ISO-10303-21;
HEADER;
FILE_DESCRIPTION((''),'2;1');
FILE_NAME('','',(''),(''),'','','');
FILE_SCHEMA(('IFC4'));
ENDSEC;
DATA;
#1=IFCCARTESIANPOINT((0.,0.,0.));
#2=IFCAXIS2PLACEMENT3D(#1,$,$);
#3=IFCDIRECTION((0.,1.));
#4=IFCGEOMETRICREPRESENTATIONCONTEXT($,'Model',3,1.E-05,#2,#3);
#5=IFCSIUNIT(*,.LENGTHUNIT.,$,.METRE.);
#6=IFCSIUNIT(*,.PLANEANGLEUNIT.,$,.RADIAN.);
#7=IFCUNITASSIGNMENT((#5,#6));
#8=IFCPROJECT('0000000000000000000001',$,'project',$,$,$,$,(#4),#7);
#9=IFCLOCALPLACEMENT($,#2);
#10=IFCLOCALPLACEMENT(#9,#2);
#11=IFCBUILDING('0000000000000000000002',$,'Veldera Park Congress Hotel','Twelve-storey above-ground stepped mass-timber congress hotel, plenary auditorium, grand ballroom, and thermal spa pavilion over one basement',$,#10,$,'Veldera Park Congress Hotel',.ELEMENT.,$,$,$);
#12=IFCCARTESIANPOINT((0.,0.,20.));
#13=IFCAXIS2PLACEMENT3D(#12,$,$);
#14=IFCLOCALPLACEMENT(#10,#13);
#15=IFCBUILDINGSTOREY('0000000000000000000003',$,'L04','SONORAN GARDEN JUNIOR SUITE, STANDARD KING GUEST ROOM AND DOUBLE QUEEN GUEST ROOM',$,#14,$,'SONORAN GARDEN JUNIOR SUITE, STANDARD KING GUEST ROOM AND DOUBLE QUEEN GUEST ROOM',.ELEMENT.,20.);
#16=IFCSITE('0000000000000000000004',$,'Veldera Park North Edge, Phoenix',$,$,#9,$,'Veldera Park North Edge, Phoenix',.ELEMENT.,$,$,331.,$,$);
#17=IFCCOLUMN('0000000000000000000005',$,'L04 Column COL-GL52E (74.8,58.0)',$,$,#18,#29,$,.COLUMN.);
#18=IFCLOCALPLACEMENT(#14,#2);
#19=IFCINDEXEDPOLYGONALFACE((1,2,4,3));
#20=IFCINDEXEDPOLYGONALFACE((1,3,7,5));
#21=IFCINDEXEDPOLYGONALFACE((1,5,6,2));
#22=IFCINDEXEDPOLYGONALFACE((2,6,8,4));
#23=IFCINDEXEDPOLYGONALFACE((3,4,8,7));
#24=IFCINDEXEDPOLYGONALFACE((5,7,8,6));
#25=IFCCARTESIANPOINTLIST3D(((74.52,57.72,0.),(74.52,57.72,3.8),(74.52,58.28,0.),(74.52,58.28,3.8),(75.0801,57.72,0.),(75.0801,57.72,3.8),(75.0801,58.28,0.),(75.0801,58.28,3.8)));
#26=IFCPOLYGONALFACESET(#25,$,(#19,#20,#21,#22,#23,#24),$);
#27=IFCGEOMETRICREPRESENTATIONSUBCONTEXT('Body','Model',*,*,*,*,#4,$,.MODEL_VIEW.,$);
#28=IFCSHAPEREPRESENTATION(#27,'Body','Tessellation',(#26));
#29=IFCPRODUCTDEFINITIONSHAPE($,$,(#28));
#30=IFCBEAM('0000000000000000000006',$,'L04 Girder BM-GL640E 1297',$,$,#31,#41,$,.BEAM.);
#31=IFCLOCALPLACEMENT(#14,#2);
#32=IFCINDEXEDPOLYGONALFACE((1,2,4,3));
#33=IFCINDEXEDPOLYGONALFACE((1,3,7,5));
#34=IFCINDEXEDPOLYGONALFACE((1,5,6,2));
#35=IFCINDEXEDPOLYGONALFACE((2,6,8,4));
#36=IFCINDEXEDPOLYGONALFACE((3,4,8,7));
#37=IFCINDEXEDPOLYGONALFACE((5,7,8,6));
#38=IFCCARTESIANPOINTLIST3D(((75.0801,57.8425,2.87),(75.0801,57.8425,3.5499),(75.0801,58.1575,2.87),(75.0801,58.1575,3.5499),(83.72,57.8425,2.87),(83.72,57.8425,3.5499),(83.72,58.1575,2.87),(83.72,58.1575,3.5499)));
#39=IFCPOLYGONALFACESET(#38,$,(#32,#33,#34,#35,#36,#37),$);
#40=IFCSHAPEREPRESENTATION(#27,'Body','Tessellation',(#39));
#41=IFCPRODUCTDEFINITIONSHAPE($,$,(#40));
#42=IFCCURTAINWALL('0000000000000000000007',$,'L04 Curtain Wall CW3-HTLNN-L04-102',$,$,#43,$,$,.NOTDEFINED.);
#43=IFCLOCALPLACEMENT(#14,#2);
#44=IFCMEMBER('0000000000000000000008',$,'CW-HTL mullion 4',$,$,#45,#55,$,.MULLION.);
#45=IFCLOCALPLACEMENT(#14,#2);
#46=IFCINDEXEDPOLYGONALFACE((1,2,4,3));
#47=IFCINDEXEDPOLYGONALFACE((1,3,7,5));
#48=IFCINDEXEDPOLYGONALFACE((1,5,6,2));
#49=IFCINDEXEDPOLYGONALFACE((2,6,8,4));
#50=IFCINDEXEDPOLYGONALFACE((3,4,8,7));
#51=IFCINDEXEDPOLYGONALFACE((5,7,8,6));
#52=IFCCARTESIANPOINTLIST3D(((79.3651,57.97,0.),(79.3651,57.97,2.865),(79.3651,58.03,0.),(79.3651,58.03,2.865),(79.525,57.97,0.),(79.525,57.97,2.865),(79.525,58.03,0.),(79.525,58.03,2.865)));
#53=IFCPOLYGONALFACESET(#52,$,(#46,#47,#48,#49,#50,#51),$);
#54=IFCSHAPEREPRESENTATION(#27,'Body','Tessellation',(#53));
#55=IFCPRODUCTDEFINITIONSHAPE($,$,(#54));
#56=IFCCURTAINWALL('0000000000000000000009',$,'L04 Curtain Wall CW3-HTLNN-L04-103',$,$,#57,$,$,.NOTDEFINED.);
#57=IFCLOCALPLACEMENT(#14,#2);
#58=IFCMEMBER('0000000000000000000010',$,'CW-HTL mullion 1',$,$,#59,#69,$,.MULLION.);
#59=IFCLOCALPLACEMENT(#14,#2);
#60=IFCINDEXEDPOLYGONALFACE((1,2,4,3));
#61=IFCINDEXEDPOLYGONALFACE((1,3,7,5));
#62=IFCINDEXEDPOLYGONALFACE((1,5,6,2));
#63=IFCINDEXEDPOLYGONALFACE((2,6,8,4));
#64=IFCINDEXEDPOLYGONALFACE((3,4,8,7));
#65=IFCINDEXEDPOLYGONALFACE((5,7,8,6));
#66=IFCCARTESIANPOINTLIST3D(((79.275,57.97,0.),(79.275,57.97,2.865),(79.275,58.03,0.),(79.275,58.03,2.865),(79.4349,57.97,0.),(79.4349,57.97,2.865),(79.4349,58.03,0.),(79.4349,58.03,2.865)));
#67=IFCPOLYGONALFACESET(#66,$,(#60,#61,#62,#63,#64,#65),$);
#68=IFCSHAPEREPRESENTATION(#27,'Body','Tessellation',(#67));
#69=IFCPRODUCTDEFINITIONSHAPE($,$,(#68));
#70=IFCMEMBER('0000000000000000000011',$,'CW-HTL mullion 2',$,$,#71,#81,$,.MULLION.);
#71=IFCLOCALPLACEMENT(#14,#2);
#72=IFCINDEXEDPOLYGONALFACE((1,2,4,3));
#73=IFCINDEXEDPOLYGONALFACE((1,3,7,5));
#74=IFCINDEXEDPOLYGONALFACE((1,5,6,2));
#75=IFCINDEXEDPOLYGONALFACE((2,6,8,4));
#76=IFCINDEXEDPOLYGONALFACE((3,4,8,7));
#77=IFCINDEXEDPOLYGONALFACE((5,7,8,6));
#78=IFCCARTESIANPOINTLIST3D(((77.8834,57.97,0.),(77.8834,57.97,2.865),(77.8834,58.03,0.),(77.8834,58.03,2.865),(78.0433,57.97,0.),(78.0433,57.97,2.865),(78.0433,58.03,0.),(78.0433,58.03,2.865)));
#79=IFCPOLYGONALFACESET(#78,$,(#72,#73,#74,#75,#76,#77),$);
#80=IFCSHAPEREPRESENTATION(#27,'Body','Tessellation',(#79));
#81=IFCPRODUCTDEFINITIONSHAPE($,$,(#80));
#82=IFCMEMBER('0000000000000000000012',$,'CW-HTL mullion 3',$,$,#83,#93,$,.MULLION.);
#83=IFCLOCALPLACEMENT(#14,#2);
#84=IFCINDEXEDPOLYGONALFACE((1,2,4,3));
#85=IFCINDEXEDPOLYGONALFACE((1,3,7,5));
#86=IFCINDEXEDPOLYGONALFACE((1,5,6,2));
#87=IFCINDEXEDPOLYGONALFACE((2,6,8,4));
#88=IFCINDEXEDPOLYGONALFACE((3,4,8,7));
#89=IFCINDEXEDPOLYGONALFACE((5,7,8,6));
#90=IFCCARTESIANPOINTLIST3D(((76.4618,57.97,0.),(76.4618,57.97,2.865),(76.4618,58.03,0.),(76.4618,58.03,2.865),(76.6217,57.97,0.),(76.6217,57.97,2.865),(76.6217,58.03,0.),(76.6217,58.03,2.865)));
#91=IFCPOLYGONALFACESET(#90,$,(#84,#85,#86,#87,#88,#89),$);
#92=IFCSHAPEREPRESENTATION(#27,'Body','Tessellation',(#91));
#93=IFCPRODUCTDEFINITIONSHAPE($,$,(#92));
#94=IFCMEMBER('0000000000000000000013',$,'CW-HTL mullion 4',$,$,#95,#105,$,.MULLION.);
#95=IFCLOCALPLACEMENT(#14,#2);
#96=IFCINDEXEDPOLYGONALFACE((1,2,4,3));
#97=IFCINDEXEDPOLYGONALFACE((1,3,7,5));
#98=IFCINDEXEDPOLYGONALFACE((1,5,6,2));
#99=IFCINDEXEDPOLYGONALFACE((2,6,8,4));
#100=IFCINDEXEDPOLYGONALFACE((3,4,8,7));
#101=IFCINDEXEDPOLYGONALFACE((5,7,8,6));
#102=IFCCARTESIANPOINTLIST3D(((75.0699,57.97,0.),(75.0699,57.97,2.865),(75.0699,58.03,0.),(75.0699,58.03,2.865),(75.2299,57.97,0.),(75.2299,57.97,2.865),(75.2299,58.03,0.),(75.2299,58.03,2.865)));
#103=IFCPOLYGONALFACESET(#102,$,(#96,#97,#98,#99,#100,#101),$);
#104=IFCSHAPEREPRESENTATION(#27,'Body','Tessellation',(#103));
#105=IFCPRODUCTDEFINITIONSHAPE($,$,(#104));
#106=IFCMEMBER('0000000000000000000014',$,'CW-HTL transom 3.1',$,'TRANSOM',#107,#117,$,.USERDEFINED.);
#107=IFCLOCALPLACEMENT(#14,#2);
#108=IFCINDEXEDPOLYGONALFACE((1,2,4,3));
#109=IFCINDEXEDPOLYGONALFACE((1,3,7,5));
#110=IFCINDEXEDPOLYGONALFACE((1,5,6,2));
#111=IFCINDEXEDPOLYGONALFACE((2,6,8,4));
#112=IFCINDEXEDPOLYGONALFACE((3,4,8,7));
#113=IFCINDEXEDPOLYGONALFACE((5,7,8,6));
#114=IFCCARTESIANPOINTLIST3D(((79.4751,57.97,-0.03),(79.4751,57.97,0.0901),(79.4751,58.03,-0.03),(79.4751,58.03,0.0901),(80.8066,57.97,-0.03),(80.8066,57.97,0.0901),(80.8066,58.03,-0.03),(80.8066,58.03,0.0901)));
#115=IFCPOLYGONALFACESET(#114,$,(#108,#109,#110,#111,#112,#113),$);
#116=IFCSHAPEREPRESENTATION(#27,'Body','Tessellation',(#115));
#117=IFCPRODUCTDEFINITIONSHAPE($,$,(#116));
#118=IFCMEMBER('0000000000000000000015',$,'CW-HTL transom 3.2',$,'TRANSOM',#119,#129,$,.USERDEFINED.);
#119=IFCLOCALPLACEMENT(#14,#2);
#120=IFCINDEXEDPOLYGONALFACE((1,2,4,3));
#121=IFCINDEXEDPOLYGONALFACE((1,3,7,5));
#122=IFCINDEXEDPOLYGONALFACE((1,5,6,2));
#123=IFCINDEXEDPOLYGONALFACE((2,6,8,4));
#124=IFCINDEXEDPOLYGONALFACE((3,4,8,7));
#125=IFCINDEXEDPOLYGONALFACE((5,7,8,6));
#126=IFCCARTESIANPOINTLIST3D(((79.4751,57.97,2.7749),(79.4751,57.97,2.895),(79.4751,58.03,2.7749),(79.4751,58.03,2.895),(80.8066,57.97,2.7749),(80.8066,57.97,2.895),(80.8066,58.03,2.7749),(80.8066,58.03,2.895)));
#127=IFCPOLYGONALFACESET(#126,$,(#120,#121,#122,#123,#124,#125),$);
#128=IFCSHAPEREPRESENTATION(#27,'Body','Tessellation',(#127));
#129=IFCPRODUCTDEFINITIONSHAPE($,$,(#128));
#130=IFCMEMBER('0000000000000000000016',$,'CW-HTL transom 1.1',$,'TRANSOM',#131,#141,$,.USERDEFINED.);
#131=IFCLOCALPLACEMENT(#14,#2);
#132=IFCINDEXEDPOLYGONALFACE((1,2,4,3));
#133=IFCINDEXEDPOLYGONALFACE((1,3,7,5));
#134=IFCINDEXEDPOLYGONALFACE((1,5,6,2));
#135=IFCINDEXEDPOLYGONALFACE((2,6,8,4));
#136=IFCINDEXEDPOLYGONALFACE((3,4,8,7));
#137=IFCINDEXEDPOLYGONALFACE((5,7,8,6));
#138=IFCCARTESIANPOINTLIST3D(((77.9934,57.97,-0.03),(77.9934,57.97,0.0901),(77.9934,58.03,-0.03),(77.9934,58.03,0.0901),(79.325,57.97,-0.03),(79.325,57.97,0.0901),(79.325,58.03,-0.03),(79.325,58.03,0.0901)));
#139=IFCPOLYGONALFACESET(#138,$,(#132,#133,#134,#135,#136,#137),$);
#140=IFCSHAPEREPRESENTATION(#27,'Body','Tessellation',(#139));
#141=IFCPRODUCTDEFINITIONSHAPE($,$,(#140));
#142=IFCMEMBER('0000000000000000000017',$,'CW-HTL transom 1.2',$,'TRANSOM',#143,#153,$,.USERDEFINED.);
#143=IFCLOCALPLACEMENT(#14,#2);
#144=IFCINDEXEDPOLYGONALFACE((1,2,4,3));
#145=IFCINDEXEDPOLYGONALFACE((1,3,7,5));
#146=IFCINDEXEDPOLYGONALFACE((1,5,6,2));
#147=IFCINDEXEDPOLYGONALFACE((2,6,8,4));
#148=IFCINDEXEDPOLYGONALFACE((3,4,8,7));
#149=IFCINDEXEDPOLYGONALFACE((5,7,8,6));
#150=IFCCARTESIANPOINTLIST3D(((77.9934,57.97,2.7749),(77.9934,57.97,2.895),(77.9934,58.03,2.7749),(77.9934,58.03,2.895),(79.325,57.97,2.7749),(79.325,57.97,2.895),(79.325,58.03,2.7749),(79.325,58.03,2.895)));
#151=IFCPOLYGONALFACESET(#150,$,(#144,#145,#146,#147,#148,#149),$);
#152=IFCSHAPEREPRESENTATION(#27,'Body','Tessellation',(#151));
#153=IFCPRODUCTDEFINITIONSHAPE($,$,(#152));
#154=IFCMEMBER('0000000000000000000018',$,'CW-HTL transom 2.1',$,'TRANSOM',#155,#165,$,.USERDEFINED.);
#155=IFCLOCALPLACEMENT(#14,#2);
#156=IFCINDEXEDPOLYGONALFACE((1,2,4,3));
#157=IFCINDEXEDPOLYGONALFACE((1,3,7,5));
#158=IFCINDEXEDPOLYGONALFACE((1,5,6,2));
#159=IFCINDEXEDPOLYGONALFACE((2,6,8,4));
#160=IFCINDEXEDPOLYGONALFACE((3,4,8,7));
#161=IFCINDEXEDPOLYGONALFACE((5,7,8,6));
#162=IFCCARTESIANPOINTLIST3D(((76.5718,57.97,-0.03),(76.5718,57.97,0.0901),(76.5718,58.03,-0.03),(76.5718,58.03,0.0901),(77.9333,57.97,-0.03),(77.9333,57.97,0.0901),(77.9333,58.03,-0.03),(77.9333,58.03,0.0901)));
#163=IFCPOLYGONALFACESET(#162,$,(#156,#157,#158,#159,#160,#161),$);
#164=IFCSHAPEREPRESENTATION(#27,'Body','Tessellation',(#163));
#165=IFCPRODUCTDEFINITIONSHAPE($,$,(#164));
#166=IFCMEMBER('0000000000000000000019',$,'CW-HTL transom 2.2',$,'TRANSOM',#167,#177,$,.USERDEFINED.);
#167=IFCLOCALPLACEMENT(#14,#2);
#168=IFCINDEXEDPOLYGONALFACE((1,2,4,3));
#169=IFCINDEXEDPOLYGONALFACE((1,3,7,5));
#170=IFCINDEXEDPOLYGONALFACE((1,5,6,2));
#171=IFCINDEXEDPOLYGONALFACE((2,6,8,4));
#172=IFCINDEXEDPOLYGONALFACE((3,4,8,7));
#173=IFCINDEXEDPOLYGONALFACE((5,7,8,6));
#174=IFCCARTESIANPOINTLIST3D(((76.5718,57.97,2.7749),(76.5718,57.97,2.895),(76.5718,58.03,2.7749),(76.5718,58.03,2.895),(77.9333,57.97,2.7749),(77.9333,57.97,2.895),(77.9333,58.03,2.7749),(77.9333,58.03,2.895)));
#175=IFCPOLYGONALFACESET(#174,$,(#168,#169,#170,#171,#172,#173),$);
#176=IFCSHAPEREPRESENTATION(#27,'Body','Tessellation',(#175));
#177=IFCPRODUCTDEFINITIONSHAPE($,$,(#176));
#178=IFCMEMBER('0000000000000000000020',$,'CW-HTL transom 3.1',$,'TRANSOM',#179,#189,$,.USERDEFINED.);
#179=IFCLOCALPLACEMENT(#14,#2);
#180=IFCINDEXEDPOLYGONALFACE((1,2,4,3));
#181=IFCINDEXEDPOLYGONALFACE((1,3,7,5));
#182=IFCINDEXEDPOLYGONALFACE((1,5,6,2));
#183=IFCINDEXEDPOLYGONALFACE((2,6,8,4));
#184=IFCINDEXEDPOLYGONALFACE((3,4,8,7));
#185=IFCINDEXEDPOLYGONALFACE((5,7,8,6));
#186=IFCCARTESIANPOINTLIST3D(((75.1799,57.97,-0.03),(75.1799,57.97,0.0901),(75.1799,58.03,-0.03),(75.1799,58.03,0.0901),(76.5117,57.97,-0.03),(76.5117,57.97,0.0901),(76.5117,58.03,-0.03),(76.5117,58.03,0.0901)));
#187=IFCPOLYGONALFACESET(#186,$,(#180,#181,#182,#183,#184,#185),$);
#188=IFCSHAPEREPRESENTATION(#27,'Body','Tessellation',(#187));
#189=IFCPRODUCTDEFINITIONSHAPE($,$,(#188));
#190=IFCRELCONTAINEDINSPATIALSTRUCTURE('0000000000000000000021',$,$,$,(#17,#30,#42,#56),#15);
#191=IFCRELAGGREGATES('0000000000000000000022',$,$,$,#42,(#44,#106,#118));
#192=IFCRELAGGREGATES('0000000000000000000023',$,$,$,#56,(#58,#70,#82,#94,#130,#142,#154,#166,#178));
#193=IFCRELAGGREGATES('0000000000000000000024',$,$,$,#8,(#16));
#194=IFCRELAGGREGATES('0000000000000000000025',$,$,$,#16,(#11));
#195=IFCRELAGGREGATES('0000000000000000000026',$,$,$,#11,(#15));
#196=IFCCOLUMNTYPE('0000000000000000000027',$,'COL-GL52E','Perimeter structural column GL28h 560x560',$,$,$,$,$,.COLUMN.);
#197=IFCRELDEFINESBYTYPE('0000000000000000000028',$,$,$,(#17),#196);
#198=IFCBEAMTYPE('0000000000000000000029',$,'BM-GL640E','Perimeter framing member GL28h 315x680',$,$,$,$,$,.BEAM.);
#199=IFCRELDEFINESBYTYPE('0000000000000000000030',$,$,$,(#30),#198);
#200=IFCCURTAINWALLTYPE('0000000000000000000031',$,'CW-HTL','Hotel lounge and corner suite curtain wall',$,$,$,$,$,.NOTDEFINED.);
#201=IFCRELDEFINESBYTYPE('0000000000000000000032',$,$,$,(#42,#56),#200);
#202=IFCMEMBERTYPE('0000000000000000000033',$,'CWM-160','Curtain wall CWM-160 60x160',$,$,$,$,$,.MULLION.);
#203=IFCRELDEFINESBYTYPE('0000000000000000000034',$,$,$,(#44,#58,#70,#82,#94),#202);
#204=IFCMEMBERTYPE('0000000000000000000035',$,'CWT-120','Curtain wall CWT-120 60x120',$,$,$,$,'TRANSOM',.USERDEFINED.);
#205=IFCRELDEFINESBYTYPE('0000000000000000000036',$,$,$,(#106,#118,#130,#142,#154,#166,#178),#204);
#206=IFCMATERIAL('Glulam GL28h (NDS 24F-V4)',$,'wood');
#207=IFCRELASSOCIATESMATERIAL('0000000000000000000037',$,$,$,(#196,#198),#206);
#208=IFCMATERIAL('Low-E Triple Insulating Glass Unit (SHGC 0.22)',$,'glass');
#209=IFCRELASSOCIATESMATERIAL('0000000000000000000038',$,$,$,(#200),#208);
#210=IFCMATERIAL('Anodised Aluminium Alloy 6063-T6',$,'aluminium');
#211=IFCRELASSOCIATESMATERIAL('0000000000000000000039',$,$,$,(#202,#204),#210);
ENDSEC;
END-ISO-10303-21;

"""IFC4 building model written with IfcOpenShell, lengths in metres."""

from ifc_helpers import new_model, si_unit, direction, frame, origin, origin_2d, place, context, subcontext, project, spatial, rectangle, extrude, material, material_profile, profile_set, type_object, element, aggregate, save


model = new_model("IFC4")

# Units and contexts
model_context = context("Model", 3, precision=1e-05, world=origin(), true_north=direction((0.0, 1.0)))
body_context = subcontext(model_context, "Body", "Model", "MODEL_VIEW")
ifc_project = project(units=[si_unit("LENGTHUNIT", "METRE"), si_unit("PLANEANGLEUNIT", "RADIAN")], contexts=[model_context])

# Site, building, storey
site_placement = place(None, origin())
site = spatial("IfcSite", under=ifc_project, at=site_placement, Name="Veldera Park North Edge, Phoenix", LongName="Veldera Park North Edge, Phoenix", CompositionType="ELEMENT", RefElevation=331.0)
building_placement = place(site_placement, origin())
building = spatial("IfcBuilding", under=site, at=building_placement, Name="Veldera Park Congress Hotel", Description="Twelve-storey above-ground stepped mass-timber congress hotel, plenary auditorium, grand ballroom, and thermal spa pavilion over one basement", LongName="Veldera Park Congress Hotel", CompositionType="ELEMENT")
storey_placement = place(building_placement, frame((0.0, 0.0, 20.0)))
storey = spatial("IfcBuildingStorey", under=building, at=storey_placement, Name="L04", Description="SONORAN GARDEN JUNIOR SUITE, STANDARD KING GUEST ROOM AND DOUBLE QUEEN GUEST ROOM", LongName="SONORAN GARDEN JUNIOR SUITE, STANDARD KING GUEST ROOM AND DOUBLE QUEEN GUEST ROOM", CompositionType="ELEMENT", Elevation=20.0)

# Column
ifc_material_1 = material(Name="Glulam GL28h (NDS 24F-V4)", Category="wood")
ifc_material_profile_1 = material_profile(ifc_material_1, rectangle(XDim=0.5601, YDim=0.5601, at=origin_2d()), Name="GL28h 560x560")
ifc_profile_set_1 = profile_set([ifc_material_profile_1], Name="Glulam GL28h (NDS 24F-V4)")
column_type = type_object("IfcColumnType", Name="COL-GL52E", Description="Perimeter structural column GL28h 560x560", PredefinedType="COLUMN", material=ifc_profile_set_1)
column_placement = place(storey_placement, frame((74.8, 58.0, 0.0), z_axis=(0.0, 0.0, 1.0), x_axis=(1.0, 0.0, 0.0)))
element("IfcColumn", 1, at=column_placement, inside=storey, type_object=column_type, Name="L04 Column COL-GL52E (74.8,58.0)", PredefinedType="COLUMN", context=body_context, shape_type="SweptSolid", body=[
    extrude(rectangle(XDim=0.5601, YDim=0.5601, at=origin_2d()), origin(), (0.0, 0.0, 1.0), 3.8),
])

# Beam
ifc_material_profile_2 = material_profile(ifc_material_1, rectangle(XDim=0.3149, YDim=0.6799, at=origin_2d()), Name="GL28h 315x680")
ifc_profile_set_2 = profile_set([ifc_material_profile_2], Name="Glulam GL28h (NDS 24F-V4)")
beam_type = type_object("IfcBeamType", Name="BM-GL640E", Description="Perimeter framing member GL28h 315x680", PredefinedType="BEAM", material=ifc_profile_set_2)
beam_placement = place(storey_placement, frame((75.0801, 58.0, 3.21), z_axis=(1.0, 0.0, 0.0), x_axis=(0.0, 1.0, 0.0)))
element("IfcBeam", 2, at=beam_placement, inside=storey, type_object=beam_type, Name="L04 Girder BM-GL640E 1297", PredefinedType="BEAM", context=body_context, shape_type="SweptSolid", body=[
    extrude(rectangle(XDim=0.3149, YDim=0.6799, at=origin_2d()), origin(), (0.0, 0.0, 1.0), 8.6399),
])

# Curtain wall, member
ifc_material_2 = material(Name="Low-E Triple Insulating Glass Unit (SHGC 0.22)", Category="glass")
curtain_wall_type = type_object("IfcCurtainWallType", Name="CW-HTL", Description="Hotel lounge and corner suite curtain wall", PredefinedType="NOTDEFINED", material=ifc_material_2)
curtain_wall_1_placement = place(storey_placement, origin())
curtain_wall_1 = element("IfcCurtainWall", 3, at=curtain_wall_1_placement, inside=storey, type_object=curtain_wall_type, Name="L04 Curtain Wall CW3-HTLNN-L04-102", PredefinedType="NOTDEFINED")
ifc_material_3 = material(Name="Anodised Aluminium Alloy 6063-T6", Category="aluminium")
ifc_material_profile_3 = material_profile(ifc_material_3, rectangle(XDim=0.0601, YDim=0.1599, at=origin_2d()), Name="ALU 60x160")
ifc_profile_set_3 = profile_set([ifc_material_profile_3], Name="Anodised Aluminium Alloy 6063-T6")
member_type_1 = type_object("IfcMemberType", Name="CWM-160", Description="Curtain wall CWM-160 60x160", PredefinedType="MULLION", material=ifc_profile_set_3)
member_1_placement = place(storey_placement, frame((79.4451, 58.0, 0.0), z_axis=(0.0, 0.0, 1.0), x_axis=(0.0, -1.0, 0.0)))
member_1 = element("IfcMember", 4, at=member_1_placement, type_object=member_type_1, Name="CW-HTL mullion 4", PredefinedType="MULLION", context=body_context, shape_type="SweptSolid", body=[
    extrude(rectangle(XDim=0.0601, YDim=0.1599, at=origin_2d()), origin(), (0.0, 0.0, 1.0), 2.865),
])

# Curtain wall, members
curtain_wall_2_placement = place(storey_placement, origin())
curtain_wall_2 = element("IfcCurtainWall", 5, at=curtain_wall_2_placement, inside=storey, type_object=curtain_wall_type, Name="L04 Curtain Wall CW3-HTLNN-L04-103", PredefinedType="NOTDEFINED")
member_2_placement = place(storey_placement, frame((79.355, 58.0, 0.0), z_axis=(0.0, 0.0, 1.0), x_axis=(0.0, -1.0, 0.0)))
member_2 = element("IfcMember", 6, at=member_2_placement, type_object=member_type_1, Name="CW-HTL mullion 1", PredefinedType="MULLION", context=body_context, shape_type="SweptSolid", body=[
    extrude(rectangle(XDim=0.0601, YDim=0.1599, at=origin_2d()), origin(), (0.0, 0.0, 1.0), 2.865),
])
member_3_placement = place(storey_placement, frame((77.9634, 58.0, 0.0), z_axis=(0.0, 0.0, 1.0), x_axis=(0.0, -1.0, 0.0)))
member_3 = element("IfcMember", 7, at=member_3_placement, type_object=member_type_1, Name="CW-HTL mullion 2", PredefinedType="MULLION", context=body_context, shape_type="SweptSolid", body=[
    extrude(rectangle(XDim=0.0601, YDim=0.1599, at=origin_2d()), origin(), (0.0, 0.0, 1.0), 2.865),
])
member_4_placement = place(storey_placement, frame((76.5417, 58.0, 0.0), z_axis=(0.0, 0.0, 1.0), x_axis=(0.0, -1.0, 0.0)))
member_4 = element("IfcMember", 8, at=member_4_placement, type_object=member_type_1, Name="CW-HTL mullion 3", PredefinedType="MULLION", context=body_context, shape_type="SweptSolid", body=[
    extrude(rectangle(XDim=0.0601, YDim=0.1599, at=origin_2d()), origin(), (0.0, 0.0, 1.0), 2.865),
])
member_5_placement = place(storey_placement, frame((75.1499, 58.0, 0.0), z_axis=(0.0, 0.0, 1.0), x_axis=(0.0, -1.0, 0.0)))
member_5 = element("IfcMember", 9, at=member_5_placement, type_object=member_type_1, Name="CW-HTL mullion 4", PredefinedType="MULLION", context=body_context, shape_type="SweptSolid", body=[
    extrude(rectangle(XDim=0.0601, YDim=0.1599, at=origin_2d()), origin(), (0.0, 0.0, 1.0), 2.865),
])

# Members
ifc_material_profile_4 = material_profile(ifc_material_3, rectangle(XDim=0.0601, YDim=0.1201, at=origin_2d()), Name="ALU 60x120")
ifc_profile_set_4 = profile_set([ifc_material_profile_4], Name="Anodised Aluminium Alloy 6063-T6")
member_type_2 = type_object("IfcMemberType", Name="CWT-120", Description="Curtain wall CWT-120 60x120", ElementType="TRANSOM", PredefinedType="USERDEFINED", material=ifc_profile_set_4)
member_6_placement = place(storey_placement, frame((80.8066, 58.0, 0.03), z_axis=(-1.0, 0.0, 0.0), x_axis=(0.0, -1.0, 0.0)))
member_6 = element("IfcMember", 10, at=member_6_placement, type_object=member_type_2, Name="CW-HTL transom 3.1", ObjectType="TRANSOM", PredefinedType="USERDEFINED", context=body_context, shape_type="SweptSolid", body=[
    extrude(rectangle(XDim=0.0601, YDim=0.1201, at=origin_2d()), origin(), (0.0, 0.0, 1.0), 1.3315),
])
member_7_placement = place(storey_placement, frame((80.8066, 58.0, 2.835), z_axis=(-1.0, 0.0, 0.0), x_axis=(0.0, -1.0, 0.0)))
member_7 = element("IfcMember", 11, at=member_7_placement, type_object=member_type_2, Name="CW-HTL transom 3.2", ObjectType="TRANSOM", PredefinedType="USERDEFINED", context=body_context, shape_type="SweptSolid", body=[
    extrude(rectangle(XDim=0.0601, YDim=0.1201, at=origin_2d()), origin(), (0.0, 0.0, 1.0), 1.3315),
])
member_8_placement = place(storey_placement, frame((79.325, 58.0, 0.03), z_axis=(-1.0, 0.0, 0.0), x_axis=(0.0, -1.0, 0.0)))
member_8 = element("IfcMember", 12, at=member_8_placement, type_object=member_type_2, Name="CW-HTL transom 1.1", ObjectType="TRANSOM", PredefinedType="USERDEFINED", context=body_context, shape_type="SweptSolid", body=[
    extrude(rectangle(XDim=0.0601, YDim=0.1201, at=origin_2d()), origin(), (0.0, 0.0, 1.0), 1.3315),
])
member_9_placement = place(storey_placement, frame((79.325, 58.0, 2.835), z_axis=(-1.0, 0.0, 0.0), x_axis=(0.0, -1.0, 0.0)))
member_9 = element("IfcMember", 13, at=member_9_placement, type_object=member_type_2, Name="CW-HTL transom 1.2", ObjectType="TRANSOM", PredefinedType="USERDEFINED", context=body_context, shape_type="SweptSolid", body=[
    extrude(rectangle(XDim=0.0601, YDim=0.1201, at=origin_2d()), origin(), (0.0, 0.0, 1.0), 1.3315),
])
member_10_placement = place(storey_placement, frame((77.9333, 58.0, 0.03), z_axis=(-1.0, 0.0, 0.0), x_axis=(0.0, -1.0, 0.0)))
member_10 = element("IfcMember", 14, at=member_10_placement, type_object=member_type_2, Name="CW-HTL transom 2.1", ObjectType="TRANSOM", PredefinedType="USERDEFINED", context=body_context, shape_type="SweptSolid", body=[
    extrude(rectangle(XDim=0.0601, YDim=0.1201, at=origin_2d()), origin(), (0.0, 0.0, 1.0), 1.3616),
])
member_11_placement = place(storey_placement, frame((77.9333, 58.0, 2.835), z_axis=(-1.0, 0.0, 0.0), x_axis=(0.0, -1.0, 0.0)))
member_11 = element("IfcMember", 15, at=member_11_placement, type_object=member_type_2, Name="CW-HTL transom 2.2", ObjectType="TRANSOM", PredefinedType="USERDEFINED", context=body_context, shape_type="SweptSolid", body=[
    extrude(rectangle(XDim=0.0601, YDim=0.1201, at=origin_2d()), origin(), (0.0, 0.0, 1.0), 1.3616),
])
member_12_placement = place(storey_placement, frame((76.5117, 58.0, 0.03), z_axis=(-1.0, 0.0, 0.0), x_axis=(0.0, -1.0, 0.0)))
member_12 = element("IfcMember", 16, at=member_12_placement, type_object=member_type_2, Name="CW-HTL transom 3.1", ObjectType="TRANSOM", PredefinedType="USERDEFINED", context=body_context, shape_type="SweptSolid", body=[
    extrude(rectangle(XDim=0.0601, YDim=0.1201, at=origin_2d()), origin(), (0.0, 0.0, 1.0), 1.3318),
])

aggregate(curtain_wall_1, [member_1, member_6, member_7])
aggregate(curtain_wall_2, [member_2, member_3, member_4, member_5, member_8, member_9, member_10, member_11, member_12])

save(model, "model.ifc")
